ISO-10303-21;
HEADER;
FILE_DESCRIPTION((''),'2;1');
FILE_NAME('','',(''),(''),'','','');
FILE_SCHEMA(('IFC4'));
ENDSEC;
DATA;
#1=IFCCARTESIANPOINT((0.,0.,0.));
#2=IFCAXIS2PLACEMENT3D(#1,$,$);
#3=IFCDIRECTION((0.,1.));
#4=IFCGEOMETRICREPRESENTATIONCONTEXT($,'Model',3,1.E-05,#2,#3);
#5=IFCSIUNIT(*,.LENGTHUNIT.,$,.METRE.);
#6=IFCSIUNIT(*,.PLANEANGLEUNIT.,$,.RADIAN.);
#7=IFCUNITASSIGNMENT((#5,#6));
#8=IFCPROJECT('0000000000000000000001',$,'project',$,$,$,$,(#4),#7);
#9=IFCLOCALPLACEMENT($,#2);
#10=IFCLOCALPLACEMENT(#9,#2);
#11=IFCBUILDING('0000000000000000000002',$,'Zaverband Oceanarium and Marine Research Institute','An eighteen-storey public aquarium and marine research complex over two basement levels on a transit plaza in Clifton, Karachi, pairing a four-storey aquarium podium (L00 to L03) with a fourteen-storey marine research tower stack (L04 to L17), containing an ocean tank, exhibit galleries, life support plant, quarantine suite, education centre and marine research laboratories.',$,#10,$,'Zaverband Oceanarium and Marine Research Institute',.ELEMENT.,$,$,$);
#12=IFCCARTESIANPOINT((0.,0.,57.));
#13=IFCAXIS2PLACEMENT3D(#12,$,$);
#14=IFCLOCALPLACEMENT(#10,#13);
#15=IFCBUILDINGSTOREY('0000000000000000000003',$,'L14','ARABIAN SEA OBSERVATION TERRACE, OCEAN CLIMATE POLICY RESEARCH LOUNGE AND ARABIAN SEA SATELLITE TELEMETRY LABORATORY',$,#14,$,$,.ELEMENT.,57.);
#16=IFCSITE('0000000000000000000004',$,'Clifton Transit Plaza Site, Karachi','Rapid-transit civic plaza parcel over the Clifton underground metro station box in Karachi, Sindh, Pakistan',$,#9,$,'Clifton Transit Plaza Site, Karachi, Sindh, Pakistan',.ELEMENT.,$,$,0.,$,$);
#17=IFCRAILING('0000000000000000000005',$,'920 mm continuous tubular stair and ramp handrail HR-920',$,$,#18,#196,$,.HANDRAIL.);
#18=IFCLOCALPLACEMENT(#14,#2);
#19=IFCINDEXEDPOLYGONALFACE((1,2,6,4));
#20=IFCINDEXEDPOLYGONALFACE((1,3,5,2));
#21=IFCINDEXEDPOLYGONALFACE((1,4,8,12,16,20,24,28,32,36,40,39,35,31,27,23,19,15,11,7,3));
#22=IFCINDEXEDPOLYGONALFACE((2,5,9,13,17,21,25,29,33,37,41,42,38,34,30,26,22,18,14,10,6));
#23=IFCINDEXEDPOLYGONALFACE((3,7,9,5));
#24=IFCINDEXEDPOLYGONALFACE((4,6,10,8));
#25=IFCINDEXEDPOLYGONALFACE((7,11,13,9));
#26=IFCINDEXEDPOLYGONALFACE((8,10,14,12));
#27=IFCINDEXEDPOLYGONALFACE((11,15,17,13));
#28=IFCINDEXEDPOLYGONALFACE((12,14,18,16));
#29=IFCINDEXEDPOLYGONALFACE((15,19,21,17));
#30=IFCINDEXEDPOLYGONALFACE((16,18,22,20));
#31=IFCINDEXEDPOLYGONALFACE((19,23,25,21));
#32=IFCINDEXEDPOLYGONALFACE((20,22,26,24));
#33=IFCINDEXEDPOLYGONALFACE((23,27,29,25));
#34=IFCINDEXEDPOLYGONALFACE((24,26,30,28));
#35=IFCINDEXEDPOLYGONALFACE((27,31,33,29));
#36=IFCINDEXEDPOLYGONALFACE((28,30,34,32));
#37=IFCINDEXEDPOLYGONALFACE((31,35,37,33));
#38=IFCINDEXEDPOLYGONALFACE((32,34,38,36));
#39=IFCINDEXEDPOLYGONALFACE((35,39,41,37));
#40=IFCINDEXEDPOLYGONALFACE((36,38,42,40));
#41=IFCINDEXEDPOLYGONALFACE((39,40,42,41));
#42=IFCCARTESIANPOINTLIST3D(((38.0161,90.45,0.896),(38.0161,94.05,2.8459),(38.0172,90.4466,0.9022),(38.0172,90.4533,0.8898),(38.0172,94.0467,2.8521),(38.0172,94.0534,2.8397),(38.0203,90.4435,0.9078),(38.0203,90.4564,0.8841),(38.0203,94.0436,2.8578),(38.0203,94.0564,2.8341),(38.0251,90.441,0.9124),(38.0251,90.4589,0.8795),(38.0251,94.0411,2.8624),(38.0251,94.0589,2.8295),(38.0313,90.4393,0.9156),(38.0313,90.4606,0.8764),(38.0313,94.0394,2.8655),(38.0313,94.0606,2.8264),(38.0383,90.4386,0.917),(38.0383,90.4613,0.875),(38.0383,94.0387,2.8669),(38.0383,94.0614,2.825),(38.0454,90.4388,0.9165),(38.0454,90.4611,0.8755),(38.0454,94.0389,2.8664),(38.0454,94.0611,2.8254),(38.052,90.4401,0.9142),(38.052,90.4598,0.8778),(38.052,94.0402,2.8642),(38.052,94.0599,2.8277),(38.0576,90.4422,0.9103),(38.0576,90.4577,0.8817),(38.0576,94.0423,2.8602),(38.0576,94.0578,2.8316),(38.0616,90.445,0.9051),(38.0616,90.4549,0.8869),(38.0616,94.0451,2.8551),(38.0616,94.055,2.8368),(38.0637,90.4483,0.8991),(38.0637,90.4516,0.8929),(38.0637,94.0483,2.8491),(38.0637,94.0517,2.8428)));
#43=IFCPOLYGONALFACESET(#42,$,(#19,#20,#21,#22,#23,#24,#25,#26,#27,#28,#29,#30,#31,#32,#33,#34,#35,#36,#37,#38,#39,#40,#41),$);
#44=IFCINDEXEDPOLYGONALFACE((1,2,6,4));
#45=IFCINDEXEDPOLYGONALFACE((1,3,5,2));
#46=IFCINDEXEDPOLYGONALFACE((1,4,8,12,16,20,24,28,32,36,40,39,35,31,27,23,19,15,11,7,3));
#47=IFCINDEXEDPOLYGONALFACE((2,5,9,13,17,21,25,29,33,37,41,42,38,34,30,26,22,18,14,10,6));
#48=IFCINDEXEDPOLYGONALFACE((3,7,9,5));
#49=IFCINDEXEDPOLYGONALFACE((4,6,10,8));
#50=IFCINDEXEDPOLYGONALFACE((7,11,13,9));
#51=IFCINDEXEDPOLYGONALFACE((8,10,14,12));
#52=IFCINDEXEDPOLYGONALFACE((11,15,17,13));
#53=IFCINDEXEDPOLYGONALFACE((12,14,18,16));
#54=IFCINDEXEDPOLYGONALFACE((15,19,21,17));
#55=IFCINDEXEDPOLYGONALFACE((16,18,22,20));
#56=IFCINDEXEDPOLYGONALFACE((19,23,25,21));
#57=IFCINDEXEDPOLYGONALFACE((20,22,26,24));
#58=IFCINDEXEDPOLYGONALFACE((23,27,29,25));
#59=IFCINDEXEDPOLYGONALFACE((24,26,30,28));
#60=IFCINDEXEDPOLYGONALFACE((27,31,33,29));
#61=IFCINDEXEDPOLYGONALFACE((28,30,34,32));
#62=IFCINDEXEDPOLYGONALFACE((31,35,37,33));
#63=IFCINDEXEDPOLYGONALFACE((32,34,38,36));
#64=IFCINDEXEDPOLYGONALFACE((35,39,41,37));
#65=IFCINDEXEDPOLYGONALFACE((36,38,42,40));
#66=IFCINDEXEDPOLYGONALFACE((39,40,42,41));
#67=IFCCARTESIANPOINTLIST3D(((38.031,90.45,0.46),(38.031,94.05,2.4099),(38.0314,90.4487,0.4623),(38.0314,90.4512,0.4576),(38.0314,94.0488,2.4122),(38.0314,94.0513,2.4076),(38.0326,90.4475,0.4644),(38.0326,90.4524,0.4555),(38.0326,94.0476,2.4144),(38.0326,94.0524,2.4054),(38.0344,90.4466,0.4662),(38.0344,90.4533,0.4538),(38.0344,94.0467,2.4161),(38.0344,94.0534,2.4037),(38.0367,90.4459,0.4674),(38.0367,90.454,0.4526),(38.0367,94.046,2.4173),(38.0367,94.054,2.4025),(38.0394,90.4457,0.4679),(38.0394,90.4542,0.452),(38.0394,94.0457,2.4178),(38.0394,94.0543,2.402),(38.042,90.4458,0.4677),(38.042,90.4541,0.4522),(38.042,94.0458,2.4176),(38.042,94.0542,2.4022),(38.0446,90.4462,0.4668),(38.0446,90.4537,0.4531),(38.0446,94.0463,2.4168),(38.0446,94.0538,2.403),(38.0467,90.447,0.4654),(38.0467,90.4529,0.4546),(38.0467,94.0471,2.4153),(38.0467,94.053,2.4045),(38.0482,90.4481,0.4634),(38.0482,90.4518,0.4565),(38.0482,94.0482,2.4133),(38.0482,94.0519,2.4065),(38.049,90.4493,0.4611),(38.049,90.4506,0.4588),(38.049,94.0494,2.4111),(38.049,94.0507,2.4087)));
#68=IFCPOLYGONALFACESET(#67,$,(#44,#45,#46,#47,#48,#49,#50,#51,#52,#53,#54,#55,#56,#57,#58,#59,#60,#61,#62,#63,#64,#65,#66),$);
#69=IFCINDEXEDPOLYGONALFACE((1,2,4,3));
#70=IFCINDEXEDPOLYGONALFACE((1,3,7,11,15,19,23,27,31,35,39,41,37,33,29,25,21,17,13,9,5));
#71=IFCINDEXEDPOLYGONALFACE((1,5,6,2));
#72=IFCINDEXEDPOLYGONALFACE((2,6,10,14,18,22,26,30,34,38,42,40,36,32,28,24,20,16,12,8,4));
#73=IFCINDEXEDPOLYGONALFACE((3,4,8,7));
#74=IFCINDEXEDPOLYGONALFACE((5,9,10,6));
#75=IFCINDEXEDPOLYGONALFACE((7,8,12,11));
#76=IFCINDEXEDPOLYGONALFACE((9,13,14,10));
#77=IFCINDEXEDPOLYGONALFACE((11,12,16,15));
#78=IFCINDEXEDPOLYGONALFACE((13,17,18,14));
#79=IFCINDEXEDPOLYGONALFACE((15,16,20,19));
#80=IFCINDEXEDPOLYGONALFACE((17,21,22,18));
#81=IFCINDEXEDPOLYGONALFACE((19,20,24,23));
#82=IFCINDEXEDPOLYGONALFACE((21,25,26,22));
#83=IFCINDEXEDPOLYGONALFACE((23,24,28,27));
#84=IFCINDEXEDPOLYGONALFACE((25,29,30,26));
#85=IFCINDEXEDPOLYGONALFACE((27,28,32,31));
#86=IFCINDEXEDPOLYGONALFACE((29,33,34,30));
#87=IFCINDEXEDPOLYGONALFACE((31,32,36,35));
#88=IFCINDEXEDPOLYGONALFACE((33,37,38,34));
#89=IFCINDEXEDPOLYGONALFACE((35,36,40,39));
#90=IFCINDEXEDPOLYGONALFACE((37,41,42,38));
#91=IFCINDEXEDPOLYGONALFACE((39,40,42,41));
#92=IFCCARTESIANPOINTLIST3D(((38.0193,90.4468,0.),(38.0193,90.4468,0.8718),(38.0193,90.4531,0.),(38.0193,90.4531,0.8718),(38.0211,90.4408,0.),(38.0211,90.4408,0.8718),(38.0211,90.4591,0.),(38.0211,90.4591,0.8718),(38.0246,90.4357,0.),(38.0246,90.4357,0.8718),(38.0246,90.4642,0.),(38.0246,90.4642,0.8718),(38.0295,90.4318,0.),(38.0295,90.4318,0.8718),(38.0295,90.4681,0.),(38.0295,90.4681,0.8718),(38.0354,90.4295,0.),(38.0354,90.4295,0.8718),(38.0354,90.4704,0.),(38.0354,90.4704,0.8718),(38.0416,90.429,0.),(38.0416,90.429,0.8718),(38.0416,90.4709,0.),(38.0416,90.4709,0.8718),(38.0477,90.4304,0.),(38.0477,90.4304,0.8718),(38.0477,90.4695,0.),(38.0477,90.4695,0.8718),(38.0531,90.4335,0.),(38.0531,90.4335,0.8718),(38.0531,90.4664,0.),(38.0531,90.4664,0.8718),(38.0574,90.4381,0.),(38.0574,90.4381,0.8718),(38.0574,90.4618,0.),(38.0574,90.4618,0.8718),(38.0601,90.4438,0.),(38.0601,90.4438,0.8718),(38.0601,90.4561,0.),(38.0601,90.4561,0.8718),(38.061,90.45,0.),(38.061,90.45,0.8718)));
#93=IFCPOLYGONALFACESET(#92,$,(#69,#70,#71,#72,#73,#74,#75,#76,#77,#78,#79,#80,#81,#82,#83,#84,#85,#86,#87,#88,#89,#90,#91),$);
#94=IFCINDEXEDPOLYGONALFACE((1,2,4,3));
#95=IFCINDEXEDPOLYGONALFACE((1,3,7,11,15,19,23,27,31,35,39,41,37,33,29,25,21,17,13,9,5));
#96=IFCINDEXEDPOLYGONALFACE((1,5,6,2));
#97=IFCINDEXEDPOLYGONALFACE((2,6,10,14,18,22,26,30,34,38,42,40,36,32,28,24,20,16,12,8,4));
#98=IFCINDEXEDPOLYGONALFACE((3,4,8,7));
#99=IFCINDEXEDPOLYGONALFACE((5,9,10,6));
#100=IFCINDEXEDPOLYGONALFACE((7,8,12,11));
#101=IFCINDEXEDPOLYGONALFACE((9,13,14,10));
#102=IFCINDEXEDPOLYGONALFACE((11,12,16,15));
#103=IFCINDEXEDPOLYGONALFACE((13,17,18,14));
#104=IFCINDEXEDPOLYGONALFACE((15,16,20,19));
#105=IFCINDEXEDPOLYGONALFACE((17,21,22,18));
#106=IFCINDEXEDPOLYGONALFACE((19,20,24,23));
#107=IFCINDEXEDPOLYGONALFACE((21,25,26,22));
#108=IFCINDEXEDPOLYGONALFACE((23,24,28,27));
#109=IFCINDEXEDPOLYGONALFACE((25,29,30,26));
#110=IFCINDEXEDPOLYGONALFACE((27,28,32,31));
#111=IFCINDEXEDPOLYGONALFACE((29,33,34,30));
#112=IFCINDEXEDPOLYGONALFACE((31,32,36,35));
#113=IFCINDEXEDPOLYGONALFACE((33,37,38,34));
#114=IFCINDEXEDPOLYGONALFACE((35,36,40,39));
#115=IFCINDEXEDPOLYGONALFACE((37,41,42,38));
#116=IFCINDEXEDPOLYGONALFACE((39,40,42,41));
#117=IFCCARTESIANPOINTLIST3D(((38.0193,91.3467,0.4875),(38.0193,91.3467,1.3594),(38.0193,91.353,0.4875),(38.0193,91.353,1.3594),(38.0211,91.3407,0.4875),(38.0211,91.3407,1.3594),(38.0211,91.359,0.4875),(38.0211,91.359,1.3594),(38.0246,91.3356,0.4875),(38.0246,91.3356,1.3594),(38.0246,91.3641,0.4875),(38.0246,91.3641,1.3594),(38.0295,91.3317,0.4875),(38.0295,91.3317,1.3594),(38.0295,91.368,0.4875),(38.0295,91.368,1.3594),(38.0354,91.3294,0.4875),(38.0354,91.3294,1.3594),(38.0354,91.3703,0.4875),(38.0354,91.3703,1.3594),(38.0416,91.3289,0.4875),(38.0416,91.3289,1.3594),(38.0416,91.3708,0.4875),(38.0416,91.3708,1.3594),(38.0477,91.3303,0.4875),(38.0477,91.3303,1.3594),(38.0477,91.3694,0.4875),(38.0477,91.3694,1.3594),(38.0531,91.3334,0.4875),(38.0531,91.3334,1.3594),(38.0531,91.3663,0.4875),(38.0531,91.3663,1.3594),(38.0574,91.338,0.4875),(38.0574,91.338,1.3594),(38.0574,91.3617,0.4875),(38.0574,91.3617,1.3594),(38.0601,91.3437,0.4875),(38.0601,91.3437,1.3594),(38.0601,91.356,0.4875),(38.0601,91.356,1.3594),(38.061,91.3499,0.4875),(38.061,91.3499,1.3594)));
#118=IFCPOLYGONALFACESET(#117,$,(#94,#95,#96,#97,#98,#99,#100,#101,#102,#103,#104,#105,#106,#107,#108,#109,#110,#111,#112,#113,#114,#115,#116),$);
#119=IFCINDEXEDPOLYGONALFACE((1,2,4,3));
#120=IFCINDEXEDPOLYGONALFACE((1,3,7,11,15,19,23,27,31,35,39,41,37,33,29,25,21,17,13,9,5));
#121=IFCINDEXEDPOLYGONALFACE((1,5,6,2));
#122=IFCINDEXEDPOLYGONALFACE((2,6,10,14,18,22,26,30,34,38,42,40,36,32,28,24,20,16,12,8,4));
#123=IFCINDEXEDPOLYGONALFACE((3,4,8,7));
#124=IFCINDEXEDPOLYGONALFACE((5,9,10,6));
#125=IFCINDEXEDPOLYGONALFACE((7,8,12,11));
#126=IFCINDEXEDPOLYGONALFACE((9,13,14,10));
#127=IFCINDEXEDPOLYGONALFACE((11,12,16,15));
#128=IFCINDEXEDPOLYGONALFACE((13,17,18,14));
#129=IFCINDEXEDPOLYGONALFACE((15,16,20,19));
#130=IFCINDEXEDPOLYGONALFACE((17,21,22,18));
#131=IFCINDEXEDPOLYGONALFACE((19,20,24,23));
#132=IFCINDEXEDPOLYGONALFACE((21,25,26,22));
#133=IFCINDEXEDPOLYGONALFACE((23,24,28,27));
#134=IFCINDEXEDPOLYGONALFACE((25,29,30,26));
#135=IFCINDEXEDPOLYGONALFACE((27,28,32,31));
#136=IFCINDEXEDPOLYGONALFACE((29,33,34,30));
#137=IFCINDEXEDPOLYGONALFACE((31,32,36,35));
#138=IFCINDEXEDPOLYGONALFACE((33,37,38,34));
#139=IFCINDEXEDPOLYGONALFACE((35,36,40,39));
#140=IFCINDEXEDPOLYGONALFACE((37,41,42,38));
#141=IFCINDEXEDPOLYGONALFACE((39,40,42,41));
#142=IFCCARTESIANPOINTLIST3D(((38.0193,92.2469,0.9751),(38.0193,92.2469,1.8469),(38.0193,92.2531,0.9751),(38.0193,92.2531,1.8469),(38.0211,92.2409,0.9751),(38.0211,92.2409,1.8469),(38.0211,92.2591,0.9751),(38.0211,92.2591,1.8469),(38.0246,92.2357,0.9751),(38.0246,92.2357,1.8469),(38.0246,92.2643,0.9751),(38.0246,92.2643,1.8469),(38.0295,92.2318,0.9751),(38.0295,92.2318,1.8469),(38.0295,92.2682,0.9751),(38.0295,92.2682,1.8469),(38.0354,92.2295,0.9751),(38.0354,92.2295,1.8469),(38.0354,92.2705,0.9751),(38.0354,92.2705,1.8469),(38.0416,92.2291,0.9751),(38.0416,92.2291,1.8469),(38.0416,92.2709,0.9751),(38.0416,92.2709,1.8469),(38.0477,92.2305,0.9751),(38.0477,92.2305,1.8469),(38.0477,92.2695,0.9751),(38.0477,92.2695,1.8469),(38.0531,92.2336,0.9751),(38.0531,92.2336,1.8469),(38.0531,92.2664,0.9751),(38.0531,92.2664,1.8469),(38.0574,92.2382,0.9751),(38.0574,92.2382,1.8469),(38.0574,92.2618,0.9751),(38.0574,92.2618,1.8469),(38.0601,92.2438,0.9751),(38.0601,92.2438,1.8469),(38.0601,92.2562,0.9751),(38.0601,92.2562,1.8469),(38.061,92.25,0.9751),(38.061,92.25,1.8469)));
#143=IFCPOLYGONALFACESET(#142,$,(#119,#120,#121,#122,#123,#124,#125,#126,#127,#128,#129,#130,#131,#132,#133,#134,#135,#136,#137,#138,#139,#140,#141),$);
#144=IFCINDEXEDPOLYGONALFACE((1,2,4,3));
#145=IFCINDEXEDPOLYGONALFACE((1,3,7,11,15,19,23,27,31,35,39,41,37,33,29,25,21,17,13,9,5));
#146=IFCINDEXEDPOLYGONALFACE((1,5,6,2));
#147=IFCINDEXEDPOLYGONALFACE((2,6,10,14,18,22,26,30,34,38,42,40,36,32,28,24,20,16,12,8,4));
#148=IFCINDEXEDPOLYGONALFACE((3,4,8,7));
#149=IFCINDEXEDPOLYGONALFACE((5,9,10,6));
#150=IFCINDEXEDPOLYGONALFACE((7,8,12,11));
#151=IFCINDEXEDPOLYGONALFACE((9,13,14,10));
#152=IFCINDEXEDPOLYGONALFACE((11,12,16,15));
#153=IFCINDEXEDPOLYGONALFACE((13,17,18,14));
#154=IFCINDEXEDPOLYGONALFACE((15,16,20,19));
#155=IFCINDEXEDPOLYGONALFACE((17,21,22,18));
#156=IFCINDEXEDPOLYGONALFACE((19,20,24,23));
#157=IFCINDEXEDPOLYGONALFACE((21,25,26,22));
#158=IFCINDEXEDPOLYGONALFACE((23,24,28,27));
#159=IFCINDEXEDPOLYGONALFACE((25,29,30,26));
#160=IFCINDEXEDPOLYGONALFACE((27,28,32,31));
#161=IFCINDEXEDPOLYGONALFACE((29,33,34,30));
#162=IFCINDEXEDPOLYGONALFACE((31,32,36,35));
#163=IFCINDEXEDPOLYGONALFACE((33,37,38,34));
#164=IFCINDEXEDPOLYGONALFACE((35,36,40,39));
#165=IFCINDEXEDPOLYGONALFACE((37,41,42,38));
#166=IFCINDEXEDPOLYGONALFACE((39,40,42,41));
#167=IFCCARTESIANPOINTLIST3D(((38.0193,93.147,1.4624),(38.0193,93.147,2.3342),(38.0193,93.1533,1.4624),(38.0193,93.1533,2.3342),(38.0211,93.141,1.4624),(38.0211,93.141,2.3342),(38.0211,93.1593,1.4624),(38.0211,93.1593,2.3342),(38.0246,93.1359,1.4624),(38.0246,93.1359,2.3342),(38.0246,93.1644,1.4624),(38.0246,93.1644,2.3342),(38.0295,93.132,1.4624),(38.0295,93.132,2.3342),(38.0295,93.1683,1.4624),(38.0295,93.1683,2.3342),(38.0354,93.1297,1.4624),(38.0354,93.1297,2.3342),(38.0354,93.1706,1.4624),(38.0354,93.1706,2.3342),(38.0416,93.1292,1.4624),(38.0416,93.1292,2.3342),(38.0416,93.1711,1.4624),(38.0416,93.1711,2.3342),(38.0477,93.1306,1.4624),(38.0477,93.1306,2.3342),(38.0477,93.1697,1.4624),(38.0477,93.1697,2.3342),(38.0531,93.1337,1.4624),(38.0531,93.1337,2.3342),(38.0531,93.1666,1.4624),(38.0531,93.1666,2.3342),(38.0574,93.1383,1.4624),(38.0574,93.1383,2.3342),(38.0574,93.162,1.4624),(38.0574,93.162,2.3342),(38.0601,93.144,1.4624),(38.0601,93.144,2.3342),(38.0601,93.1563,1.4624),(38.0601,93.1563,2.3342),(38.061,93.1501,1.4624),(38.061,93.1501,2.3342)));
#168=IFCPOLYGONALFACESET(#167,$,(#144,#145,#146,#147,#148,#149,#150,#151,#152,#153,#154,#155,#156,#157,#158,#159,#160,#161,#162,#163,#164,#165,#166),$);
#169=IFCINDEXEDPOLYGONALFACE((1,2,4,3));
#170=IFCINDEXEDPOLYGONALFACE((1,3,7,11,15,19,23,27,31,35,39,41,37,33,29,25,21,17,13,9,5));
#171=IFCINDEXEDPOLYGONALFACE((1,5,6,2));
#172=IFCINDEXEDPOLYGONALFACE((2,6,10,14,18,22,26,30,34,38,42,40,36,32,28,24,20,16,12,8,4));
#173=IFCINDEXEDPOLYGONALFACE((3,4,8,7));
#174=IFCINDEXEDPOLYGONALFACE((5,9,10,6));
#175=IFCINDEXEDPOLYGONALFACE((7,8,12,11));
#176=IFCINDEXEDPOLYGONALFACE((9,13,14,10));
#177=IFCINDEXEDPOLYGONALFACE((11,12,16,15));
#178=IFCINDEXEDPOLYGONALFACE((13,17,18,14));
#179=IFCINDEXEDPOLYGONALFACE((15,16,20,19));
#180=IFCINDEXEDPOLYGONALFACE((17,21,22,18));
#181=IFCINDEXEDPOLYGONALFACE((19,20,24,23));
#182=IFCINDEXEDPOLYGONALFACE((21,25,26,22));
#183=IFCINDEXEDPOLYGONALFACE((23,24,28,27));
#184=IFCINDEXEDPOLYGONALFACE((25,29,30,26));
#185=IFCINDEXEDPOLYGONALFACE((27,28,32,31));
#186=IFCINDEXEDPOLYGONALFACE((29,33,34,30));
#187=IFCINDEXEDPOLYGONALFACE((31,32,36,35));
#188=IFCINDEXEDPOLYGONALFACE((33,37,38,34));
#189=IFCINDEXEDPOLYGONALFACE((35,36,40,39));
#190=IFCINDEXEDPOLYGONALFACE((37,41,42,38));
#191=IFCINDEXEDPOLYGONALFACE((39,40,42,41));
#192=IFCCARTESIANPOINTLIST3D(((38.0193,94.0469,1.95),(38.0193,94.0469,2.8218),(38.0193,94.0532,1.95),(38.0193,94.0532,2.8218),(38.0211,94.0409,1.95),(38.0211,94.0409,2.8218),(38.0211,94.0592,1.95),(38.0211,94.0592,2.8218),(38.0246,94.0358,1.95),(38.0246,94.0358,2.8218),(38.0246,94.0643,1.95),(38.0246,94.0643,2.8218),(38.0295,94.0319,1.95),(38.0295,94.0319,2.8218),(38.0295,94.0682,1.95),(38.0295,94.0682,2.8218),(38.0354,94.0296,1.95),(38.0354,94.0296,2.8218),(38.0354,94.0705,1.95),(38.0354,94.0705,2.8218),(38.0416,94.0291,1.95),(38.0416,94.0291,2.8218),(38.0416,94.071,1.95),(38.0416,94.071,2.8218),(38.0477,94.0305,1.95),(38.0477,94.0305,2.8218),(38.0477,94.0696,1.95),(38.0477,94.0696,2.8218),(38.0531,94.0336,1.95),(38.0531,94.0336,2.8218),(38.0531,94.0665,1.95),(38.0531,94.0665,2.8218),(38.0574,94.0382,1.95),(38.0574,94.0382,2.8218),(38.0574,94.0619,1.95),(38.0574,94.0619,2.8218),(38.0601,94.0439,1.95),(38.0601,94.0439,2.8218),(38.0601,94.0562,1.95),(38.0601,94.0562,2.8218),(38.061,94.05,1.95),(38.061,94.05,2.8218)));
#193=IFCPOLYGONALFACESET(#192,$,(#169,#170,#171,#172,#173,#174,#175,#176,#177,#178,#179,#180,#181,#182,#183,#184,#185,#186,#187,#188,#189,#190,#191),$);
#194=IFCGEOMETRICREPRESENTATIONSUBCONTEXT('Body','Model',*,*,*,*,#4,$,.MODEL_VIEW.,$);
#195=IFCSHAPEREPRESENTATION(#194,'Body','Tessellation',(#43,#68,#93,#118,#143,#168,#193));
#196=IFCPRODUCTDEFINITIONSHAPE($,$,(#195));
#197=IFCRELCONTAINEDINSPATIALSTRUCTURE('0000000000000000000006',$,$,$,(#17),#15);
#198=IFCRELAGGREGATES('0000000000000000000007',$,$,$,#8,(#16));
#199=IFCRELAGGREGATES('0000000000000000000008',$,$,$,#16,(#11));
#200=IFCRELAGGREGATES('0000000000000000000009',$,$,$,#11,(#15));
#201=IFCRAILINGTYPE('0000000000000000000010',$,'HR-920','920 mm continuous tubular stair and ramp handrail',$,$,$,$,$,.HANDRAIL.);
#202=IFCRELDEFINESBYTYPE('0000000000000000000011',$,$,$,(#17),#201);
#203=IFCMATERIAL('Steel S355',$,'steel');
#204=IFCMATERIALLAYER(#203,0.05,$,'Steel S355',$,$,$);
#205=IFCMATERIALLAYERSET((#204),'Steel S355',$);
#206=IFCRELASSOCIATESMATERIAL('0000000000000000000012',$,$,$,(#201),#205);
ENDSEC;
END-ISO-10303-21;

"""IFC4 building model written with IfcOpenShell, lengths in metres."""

from ifc_helpers import new_model, si_unit, direction, frame, origin, origin_2d, place, context, subcontext, project, spatial, circle, extrude, material, layer, layer_set, type_object, element, save


model = new_model("IFC4")

# Units and contexts
model_context = context("Model", 3, precision=1e-05, world=origin(), true_north=direction((0.0, 1.0)))
body_context = subcontext(model_context, "Body", "Model", "MODEL_VIEW")
ifc_project = project(units=[si_unit("LENGTHUNIT", "METRE"), si_unit("PLANEANGLEUNIT", "RADIAN")], contexts=[model_context])

# Site, building, storey
site_placement = place(None, origin())
site = spatial("IfcSite", under=ifc_project, at=site_placement, Name="Clifton Transit Plaza Site, Karachi", Description="Rapid-transit civic plaza parcel over the Clifton underground metro station box in Karachi, Sindh, Pakistan", LongName="Clifton Transit Plaza Site, Karachi, Sindh, Pakistan", CompositionType="ELEMENT", RefElevation=0.0)
building_placement = place(site_placement, origin())
building = spatial("IfcBuilding", under=site, at=building_placement, Name="Zaverband Oceanarium and Marine Research Institute", Description="An eighteen-storey public aquarium and marine research complex over two basement levels on a transit plaza in Clifton, Karachi, pairing a four-storey aquarium podium (L00 to L03) with a fourteen-storey marine research tower stack (L04 to L17), containing an ocean tank, exhibit galleries, life support plant, quarantine suite, education centre and marine research laboratories.", LongName="Zaverband Oceanarium and Marine Research Institute", CompositionType="ELEMENT")
storey_placement = place(building_placement, frame((0.0, 0.0, 57.0)))
storey = spatial("IfcBuildingStorey", under=building, at=storey_placement, Name="L14", Description="ARABIAN SEA OBSERVATION TERRACE, OCEAN CLIMATE POLICY RESEARCH LOUNGE AND ARABIAN SEA SATELLITE TELEMETRY LABORATORY", CompositionType="ELEMENT", Elevation=57.0)

# Shared definitions
ifc_material_1 = material(Name="Steel S355", Category="steel")

# Railing
ifc_layer_1 = layer(ifc_material_1, 0.05, Name="Steel S355")
ifc_layer_set_1 = layer_set([ifc_layer_1], Name="Steel S355")
railing_type = type_object("IfcRailingType", Name="HR-920", Description="920 mm continuous tubular stair and ramp handrail", PredefinedType="HANDRAIL", material=ifc_layer_set_1)
railing_placement = place(storey_placement, frame((38.04, 90.45, 0.0)))
element("IfcRailing", 1, at=railing_placement, inside=storey, type_object=railing_type, Name="920 mm continuous tubular stair and ramp handrail HR-920", PredefinedType="HANDRAIL", context=body_context, shape_type="SweptSolid", body=[
    extrude(circle(Radius=0.0239, at=origin_2d()), frame((0.0, 0.0, 0.896), z_axis=(0.0, 0.879302, 0.476264), x_axis=(-1.0, 0.0, 0.0)), (0.0, 0.0, 1.0), 4.0942),
    extrude(circle(Radius=0.009, at=origin_2d()), frame((0.0, 0.0, 0.46), z_axis=(0.0, 0.879302, 0.476264), x_axis=(-1.0, 0.0, 0.0)), (0.0, 0.0, 1.0), 4.0942),
    extrude(circle(Radius=0.021, at=origin_2d()), origin(), (0.0, 0.0, 1.0), 0.8718),
    extrude(circle(Radius=0.021, at=origin_2d()), frame((0.0, 0.8999, 0.4875)), (0.0, 0.0, 1.0), 0.8718),
    extrude(circle(Radius=0.021, at=origin_2d()), frame((0.0, 1.8, 0.9751)), (0.0, 0.0, 1.0), 0.8718),
    extrude(circle(Radius=0.021, at=origin_2d()), frame((0.0, 2.7002, 1.4624)), (0.0, 0.0, 1.0), 0.8718),
    extrude(circle(Radius=0.021, at=origin_2d()), frame((0.0, 3.6001, 1.95)), (0.0, 0.0, 1.0), 0.8718),
])

save(model, "model.ifc")
